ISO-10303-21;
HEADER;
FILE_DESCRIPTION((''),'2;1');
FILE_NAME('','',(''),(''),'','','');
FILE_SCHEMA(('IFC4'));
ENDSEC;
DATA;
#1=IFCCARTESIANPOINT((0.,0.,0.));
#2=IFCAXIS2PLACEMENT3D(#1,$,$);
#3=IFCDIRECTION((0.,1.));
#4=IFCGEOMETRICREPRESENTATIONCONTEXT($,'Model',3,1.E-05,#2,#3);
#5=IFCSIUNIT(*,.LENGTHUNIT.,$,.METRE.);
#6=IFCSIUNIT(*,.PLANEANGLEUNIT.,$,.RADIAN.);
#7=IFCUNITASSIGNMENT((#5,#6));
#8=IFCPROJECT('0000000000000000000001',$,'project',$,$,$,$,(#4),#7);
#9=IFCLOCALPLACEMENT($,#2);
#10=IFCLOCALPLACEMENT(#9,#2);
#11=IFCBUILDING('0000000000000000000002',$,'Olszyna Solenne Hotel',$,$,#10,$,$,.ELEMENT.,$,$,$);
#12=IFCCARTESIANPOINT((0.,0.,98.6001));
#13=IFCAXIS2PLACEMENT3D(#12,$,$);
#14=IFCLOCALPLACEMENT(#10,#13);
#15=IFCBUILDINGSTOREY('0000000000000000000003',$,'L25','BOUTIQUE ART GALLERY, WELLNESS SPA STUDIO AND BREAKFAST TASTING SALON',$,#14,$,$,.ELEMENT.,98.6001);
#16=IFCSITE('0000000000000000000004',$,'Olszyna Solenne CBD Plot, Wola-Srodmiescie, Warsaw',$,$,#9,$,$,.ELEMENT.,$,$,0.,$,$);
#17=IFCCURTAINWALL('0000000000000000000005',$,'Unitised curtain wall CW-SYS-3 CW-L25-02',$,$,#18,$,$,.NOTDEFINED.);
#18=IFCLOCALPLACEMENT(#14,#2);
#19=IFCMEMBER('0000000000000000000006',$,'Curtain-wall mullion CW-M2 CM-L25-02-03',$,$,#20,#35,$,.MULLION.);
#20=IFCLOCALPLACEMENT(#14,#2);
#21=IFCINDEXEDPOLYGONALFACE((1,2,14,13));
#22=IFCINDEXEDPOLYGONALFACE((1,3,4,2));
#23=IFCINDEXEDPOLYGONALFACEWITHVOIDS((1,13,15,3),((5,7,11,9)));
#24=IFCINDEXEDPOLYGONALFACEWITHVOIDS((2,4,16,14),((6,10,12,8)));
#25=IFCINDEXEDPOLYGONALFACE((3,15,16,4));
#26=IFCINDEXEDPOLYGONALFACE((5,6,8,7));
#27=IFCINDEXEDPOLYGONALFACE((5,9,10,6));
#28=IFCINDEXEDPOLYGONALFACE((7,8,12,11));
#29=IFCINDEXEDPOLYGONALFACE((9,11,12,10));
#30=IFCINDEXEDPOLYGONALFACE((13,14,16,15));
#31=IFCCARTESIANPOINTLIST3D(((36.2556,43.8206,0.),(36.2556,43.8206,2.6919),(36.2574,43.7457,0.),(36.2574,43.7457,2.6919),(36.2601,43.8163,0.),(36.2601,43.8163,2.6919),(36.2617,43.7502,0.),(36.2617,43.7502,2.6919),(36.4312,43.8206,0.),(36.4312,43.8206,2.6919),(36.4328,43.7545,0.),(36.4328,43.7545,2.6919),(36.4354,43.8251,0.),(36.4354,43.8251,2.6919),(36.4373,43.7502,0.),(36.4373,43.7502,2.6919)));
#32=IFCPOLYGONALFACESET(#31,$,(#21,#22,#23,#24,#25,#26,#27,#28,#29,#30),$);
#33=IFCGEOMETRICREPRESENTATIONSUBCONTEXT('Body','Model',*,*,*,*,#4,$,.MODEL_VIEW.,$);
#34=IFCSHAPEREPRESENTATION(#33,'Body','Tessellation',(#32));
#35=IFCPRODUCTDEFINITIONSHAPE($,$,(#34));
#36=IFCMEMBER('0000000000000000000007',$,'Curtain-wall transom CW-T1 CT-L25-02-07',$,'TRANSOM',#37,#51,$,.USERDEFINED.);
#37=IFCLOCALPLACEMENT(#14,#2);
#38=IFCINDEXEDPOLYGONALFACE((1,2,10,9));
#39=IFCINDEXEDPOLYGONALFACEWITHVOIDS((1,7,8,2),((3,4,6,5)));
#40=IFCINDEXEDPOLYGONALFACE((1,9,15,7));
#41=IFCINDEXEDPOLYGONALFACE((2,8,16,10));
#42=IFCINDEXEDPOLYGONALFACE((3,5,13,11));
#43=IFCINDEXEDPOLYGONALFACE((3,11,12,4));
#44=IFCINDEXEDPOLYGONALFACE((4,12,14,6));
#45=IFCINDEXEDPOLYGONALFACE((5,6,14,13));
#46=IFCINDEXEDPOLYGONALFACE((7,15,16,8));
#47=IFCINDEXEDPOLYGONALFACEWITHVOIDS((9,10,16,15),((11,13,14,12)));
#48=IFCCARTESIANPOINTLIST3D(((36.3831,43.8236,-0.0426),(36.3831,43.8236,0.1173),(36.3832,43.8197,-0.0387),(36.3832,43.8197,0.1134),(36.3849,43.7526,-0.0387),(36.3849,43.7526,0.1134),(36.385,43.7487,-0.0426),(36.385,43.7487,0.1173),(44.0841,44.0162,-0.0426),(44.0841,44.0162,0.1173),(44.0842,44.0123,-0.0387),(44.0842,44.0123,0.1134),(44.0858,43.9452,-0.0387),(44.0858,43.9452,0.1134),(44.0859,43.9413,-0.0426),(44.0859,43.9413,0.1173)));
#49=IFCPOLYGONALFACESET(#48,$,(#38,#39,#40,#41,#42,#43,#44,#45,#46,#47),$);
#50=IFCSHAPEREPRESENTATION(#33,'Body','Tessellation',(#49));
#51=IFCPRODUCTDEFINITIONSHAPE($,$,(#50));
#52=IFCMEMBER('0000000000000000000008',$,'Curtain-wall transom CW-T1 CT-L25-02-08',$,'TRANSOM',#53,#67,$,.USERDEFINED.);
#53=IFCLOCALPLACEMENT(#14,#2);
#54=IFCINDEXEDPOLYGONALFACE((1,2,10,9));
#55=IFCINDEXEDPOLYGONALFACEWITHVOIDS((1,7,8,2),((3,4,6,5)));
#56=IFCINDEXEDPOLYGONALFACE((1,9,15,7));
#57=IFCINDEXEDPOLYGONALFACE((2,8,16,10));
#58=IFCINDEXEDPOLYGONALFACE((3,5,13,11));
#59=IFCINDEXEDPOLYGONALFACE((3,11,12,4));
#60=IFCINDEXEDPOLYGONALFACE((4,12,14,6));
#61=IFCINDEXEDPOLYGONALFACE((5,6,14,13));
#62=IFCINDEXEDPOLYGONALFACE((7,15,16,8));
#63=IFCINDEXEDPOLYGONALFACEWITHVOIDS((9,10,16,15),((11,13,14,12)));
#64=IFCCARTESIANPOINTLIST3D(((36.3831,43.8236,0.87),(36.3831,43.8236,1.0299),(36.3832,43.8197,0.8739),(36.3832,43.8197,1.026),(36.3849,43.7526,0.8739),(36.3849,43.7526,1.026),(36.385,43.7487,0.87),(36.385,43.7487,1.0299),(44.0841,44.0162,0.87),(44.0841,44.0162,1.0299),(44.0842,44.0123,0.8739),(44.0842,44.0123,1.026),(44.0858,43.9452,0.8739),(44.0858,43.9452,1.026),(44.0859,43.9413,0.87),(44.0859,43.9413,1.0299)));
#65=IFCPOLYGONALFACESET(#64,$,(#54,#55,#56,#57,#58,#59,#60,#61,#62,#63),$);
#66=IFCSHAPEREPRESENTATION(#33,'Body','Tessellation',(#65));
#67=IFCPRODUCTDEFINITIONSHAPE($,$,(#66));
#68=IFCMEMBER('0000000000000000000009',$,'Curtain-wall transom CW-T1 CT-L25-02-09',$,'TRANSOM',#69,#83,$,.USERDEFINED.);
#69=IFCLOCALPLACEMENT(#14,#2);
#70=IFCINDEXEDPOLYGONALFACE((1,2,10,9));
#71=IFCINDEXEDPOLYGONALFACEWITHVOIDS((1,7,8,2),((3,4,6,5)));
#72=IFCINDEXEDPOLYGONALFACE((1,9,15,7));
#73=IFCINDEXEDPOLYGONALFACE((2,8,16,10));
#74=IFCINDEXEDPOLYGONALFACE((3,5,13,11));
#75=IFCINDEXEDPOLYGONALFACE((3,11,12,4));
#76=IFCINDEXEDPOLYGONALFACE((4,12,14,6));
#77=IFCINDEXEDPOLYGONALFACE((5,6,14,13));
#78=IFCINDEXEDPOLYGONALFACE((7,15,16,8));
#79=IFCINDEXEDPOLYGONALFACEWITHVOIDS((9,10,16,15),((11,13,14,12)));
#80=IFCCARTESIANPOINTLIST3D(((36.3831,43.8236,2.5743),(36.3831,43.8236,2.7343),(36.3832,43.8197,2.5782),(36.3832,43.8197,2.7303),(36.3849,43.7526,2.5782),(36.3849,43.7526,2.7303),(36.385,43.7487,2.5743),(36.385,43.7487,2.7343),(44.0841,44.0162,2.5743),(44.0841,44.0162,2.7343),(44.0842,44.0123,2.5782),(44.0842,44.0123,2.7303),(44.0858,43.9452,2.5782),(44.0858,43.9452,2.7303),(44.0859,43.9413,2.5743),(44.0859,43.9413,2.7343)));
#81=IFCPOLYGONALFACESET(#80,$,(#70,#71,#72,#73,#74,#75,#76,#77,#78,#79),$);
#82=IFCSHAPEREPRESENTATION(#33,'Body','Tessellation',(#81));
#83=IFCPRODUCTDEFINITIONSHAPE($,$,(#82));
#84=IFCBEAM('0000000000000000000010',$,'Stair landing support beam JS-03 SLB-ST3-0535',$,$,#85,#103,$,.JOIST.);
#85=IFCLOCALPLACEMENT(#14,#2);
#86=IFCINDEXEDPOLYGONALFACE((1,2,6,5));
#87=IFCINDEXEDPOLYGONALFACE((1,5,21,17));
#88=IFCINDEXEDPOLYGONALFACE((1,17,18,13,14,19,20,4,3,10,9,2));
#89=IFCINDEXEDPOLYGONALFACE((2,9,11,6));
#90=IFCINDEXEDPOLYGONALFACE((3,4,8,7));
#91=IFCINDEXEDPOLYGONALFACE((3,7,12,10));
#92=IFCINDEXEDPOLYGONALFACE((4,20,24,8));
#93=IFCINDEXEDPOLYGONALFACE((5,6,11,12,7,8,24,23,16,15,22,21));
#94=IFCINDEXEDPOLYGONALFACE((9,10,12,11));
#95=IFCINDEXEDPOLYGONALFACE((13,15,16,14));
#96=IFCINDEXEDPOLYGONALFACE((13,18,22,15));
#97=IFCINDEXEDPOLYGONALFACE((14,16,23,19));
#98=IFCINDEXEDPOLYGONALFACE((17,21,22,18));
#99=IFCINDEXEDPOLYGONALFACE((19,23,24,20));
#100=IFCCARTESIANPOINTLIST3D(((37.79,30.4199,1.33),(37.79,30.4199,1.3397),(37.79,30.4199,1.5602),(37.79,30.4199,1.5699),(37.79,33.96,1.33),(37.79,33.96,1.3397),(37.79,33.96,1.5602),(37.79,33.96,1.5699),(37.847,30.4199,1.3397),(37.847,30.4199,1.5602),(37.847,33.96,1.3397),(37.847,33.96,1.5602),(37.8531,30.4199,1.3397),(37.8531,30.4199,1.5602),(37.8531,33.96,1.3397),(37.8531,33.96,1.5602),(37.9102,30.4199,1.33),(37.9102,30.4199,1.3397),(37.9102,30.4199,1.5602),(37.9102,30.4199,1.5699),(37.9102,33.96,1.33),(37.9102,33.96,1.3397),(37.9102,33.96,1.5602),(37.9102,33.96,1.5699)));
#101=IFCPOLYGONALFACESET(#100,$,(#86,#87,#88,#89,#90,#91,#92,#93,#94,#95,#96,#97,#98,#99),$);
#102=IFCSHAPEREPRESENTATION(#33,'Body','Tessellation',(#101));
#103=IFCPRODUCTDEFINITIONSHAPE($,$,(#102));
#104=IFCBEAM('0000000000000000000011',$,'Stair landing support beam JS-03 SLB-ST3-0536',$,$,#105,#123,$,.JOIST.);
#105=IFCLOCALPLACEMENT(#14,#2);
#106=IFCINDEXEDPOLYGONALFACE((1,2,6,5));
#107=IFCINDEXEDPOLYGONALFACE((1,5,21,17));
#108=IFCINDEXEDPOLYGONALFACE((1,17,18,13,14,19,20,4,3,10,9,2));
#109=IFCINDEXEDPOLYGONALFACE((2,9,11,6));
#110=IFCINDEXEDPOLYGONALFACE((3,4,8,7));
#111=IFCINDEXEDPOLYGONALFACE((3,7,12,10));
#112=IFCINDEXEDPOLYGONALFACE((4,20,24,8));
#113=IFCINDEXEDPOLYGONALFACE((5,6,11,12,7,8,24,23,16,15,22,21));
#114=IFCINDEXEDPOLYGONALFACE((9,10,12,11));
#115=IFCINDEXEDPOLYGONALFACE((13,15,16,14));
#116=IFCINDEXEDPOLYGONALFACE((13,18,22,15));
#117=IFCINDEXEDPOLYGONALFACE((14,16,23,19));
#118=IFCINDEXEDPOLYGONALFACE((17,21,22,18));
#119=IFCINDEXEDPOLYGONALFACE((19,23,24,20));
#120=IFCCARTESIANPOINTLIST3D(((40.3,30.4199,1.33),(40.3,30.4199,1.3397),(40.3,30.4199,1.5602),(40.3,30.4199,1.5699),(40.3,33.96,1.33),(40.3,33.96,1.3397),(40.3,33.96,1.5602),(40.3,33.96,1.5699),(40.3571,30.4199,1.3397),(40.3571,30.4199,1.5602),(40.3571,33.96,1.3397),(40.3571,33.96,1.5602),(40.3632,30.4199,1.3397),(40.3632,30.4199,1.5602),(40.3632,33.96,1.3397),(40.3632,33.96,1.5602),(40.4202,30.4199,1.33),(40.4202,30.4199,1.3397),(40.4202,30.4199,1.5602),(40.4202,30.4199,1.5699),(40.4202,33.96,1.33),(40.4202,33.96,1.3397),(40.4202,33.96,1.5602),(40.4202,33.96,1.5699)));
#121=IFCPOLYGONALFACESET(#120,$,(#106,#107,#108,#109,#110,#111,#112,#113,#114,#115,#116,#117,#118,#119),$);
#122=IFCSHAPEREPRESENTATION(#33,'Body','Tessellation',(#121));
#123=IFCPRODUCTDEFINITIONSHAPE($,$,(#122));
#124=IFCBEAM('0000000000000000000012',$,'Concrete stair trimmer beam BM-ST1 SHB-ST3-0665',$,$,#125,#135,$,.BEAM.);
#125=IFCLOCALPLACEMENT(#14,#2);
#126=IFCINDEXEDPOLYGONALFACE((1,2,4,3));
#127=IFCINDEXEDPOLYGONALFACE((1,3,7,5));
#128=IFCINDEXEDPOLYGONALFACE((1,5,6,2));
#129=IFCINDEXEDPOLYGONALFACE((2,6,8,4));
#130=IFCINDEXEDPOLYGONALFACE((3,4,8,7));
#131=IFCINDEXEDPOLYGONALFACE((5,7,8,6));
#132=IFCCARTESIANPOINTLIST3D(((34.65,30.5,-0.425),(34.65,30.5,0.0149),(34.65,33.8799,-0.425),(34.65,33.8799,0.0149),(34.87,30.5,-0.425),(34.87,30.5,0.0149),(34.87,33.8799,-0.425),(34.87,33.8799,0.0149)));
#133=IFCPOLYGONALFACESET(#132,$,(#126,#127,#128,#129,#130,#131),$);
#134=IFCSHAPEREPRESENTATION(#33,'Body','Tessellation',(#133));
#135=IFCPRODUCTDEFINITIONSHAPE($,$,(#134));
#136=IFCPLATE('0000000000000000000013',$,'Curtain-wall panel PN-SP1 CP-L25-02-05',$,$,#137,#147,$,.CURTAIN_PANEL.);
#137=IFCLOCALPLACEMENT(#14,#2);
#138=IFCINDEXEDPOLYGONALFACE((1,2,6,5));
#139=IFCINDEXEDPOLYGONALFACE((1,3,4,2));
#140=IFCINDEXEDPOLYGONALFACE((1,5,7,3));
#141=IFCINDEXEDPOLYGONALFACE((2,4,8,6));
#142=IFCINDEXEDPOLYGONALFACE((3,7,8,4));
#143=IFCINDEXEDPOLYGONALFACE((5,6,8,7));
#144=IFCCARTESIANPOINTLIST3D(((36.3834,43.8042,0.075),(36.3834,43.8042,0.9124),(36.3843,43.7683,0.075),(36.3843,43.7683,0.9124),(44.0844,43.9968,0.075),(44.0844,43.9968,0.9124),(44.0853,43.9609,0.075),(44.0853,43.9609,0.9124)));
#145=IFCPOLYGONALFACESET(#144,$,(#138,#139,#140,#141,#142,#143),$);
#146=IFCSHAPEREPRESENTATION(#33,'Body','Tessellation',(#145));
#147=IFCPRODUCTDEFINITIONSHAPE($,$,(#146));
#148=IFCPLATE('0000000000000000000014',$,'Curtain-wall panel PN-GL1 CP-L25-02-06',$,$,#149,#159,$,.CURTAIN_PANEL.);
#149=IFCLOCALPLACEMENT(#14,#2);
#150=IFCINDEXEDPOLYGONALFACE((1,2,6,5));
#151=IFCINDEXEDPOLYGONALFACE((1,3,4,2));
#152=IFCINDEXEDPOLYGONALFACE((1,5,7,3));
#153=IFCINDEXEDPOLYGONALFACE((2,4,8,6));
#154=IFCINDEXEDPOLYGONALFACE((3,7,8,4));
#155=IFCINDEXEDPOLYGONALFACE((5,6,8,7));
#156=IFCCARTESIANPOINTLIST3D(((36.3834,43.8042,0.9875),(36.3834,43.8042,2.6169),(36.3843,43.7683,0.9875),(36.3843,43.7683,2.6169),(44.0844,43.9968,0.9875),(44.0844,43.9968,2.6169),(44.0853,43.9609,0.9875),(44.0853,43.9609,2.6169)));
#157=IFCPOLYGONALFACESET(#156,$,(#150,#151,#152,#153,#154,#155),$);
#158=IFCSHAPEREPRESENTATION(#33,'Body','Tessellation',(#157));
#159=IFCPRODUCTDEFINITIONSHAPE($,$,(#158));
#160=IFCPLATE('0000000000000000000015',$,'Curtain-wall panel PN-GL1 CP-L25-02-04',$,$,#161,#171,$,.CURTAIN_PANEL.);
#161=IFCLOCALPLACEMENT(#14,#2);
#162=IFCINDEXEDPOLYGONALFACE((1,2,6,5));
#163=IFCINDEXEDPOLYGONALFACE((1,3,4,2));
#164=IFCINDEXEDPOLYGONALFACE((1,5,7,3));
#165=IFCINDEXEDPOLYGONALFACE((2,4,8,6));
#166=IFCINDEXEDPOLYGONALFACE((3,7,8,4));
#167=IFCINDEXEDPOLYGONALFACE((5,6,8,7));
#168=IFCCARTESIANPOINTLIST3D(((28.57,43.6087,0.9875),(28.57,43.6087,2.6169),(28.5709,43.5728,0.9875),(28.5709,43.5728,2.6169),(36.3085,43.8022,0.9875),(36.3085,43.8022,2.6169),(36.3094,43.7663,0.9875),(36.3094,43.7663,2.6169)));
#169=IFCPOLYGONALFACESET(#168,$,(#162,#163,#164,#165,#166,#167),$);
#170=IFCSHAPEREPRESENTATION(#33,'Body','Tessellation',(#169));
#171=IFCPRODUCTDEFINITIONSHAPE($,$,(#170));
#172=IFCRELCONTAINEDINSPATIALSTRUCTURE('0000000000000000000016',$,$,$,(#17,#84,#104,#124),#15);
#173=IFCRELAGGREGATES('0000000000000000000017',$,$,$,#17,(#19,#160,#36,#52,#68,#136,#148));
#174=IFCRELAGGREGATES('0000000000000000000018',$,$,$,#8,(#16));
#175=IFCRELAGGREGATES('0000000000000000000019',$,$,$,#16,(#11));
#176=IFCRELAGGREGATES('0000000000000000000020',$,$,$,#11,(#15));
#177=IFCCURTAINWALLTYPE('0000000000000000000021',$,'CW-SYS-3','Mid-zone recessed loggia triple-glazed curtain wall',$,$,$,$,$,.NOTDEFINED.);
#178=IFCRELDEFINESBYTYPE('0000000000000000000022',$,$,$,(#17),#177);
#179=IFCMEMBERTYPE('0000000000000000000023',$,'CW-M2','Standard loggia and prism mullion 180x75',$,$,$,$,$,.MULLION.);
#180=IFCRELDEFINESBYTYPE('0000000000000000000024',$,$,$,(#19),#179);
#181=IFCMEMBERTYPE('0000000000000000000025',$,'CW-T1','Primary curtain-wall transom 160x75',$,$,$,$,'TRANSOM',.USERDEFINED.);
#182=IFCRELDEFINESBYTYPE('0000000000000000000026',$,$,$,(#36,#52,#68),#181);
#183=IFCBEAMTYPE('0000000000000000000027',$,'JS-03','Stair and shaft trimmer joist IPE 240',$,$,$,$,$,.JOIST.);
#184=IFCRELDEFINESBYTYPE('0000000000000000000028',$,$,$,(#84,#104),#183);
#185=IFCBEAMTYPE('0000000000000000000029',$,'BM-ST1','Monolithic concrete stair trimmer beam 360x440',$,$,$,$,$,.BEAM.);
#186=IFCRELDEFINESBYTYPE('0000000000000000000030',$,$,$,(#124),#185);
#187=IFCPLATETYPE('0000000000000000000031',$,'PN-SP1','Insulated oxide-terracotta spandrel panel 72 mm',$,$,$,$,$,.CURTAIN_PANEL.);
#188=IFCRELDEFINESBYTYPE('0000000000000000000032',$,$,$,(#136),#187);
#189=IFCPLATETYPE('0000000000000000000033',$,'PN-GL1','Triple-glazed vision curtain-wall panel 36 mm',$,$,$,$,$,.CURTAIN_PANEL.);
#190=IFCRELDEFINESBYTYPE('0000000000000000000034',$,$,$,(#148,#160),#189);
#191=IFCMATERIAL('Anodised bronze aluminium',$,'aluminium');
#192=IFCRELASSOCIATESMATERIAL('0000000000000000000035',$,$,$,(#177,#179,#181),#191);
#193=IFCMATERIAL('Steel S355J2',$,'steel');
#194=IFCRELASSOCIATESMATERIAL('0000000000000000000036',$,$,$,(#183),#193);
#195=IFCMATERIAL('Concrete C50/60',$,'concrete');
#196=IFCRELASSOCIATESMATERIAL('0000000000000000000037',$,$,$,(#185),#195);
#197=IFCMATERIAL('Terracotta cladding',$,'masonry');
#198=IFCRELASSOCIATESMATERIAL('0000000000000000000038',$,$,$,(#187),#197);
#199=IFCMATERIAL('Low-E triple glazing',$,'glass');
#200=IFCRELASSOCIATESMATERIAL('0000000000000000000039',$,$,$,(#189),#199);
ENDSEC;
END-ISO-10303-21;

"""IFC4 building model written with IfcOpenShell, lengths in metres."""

from ifc_helpers import new_model, si_unit, direction, frame, origin, origin_2d, place, context, subcontext, project, spatial, rectangle, hollow_rectangle, i_section, extrude, source, transform, mapped, material, material_profile, profile_set, type_object, element, aggregate, save


model = new_model("IFC4")

# Units and contexts
model_context = context("Model", 3, precision=1e-05, world=origin(), true_north=direction((0.0, 1.0)))
body_context = subcontext(model_context, "Body", "Model", "MODEL_VIEW")
ifc_project = project(units=[si_unit("LENGTHUNIT", "METRE"), si_unit("PLANEANGLEUNIT", "RADIAN")], contexts=[model_context])

# Site, building, storey
site_placement = place(None, origin())
site = spatial("IfcSite", under=ifc_project, at=site_placement, Name="Olszyna Solenne CBD Plot, Wola-Srodmiescie, Warsaw", CompositionType="ELEMENT", RefElevation=0.0)
building_placement = place(site_placement, origin())
building = spatial("IfcBuilding", under=site, at=building_placement, Name="Olszyna Solenne Hotel", CompositionType="ELEMENT")
storey_placement = place(building_placement, frame((0.0, 0.0, 98.6001)))
storey = spatial("IfcBuildingStorey", under=building, at=storey_placement, Name="L25", Description="BOUTIQUE ART GALLERY, WELLNESS SPA STUDIO AND BREAKFAST TASTING SALON", CompositionType="ELEMENT", Elevation=98.6001)

# Curtain wall, members
ifc_material_1 = material(Name="Anodised bronze aluminium", Category="aluminium")
curtain_wall_type = type_object("IfcCurtainWallType", Name="CW-SYS-3", Description="Mid-zone recessed loggia triple-glazed curtain wall", PredefinedType="NOTDEFINED", material=ifc_material_1)
curtain_wall_placement = place(storey_placement, origin())
curtain_wall = element("IfcCurtainWall", 1, at=curtain_wall_placement, inside=storey, type_object=curtain_wall_type, Name="Unitised curtain wall CW-SYS-3 CW-L25-02", PredefinedType="NOTDEFINED")
ifc_material_profile_1 = material_profile(ifc_material_1, hollow_rectangle(XDim=0.075, YDim=0.1799, WallThickness=0.0044, at=origin_2d()), Name="MULL 180x75x4.5", Category="load-bearing")
ifc_profile_set_1 = profile_set([ifc_material_profile_1], Name="Anodised bronze aluminium")
member_type_1 = type_object("IfcMemberType", Name="CW-M2", Description="Standard loggia and prism mullion 180x75", PredefinedType="MULLION", material=ifc_profile_set_1)
shared_shape_1 = source(origin(), body_context, "Body", "SweptSolid", [
    extrude(hollow_rectangle(XDim=0.075, YDim=0.1799, WallThickness=0.0044, at=origin_2d()), origin(), (0.0, 0.0, 1.0), 2.6919),
])
member_1_placement = place(storey_placement, frame((36.3464, 43.7854, 0.0), z_axis=(0.0, 0.0, 1.0), x_axis=(-0.025, 0.999687, 0.0)))
member_1 = element("IfcMember", 2, at=member_1_placement, type_object=member_type_1, Name="Curtain-wall mullion CW-M2 CM-L25-02-03", PredefinedType="MULLION", context=body_context, shape_type="MappedRepresentation", body=[
    mapped(shared_shape_1, transform((0.0, 0.0, 0.0), x_axis=(1.0, 0.0, 0.0), y_axis=(0.0, 1.0, 0.0), z_axis=(0.0, 0.0, 1.0), scale=1.0)),
])
ifc_material_profile_2 = material_profile(ifc_material_1, hollow_rectangle(XDim=0.075, YDim=0.1599, WallThickness=0.0039, at=origin_2d()), Name="TRAN 160x75x4", Category="load-bearing")
ifc_profile_set_2 = profile_set([ifc_material_profile_2], Name="Anodised bronze aluminium")
member_type_2 = type_object("IfcMemberType", Name="CW-T1", Description="Primary curtain-wall transom 160x75", ElementType="TRANSOM", PredefinedType="USERDEFINED", material=ifc_profile_set_2)
shared_shape_2 = source(origin(), body_context, "Body", "SweptSolid", [
    extrude(hollow_rectangle(XDim=0.075, YDim=0.1599, WallThickness=0.0039, at=origin_2d()), origin(), (0.0, 0.0, 1.0), 7.7034),
])
member_2_placement = place(storey_placement, frame((36.384, 43.7861, 0.0374), z_axis=(0.999687, 0.025006, 0.0), x_axis=(-0.025006, 0.999687, 0.0)))
member_2 = element("IfcMember", 3, at=member_2_placement, type_object=member_type_2, Name="Curtain-wall transom CW-T1 CT-L25-02-07", ObjectType="TRANSOM", PredefinedType="USERDEFINED", context=body_context, shape_type="MappedRepresentation", body=[
    mapped(shared_shape_2, transform((0.0, 0.0, 0.0), x_axis=(1.0, 0.0, 0.0), y_axis=(0.0, 1.0, 0.0), z_axis=(0.0, 0.0, 1.0), scale=1.0)),
])
member_3_placement = place(storey_placement, frame((36.384, 43.7861, 0.95), z_axis=(0.999687, 0.025006, 0.0), x_axis=(-0.025006, 0.999687, 0.0)))
member_3 = element("IfcMember", 4, at=member_3_placement, type_object=member_type_2, Name="Curtain-wall transom CW-T1 CT-L25-02-08", ObjectType="TRANSOM", PredefinedType="USERDEFINED", context=body_context, shape_type="MappedRepresentation", body=[
    mapped(shared_shape_2, transform((0.0, 0.0, 0.0), x_axis=(1.0, 0.0, 0.0), y_axis=(0.0, 1.0, 0.0), z_axis=(0.0, 0.0, 1.0), scale=1.0)),
])
member_4_placement = place(storey_placement, frame((36.384, 43.7861, 2.6543), z_axis=(0.999687, 0.025006, 0.0), x_axis=(-0.025006, 0.999687, 0.0)))
member_4 = element("IfcMember", 5, at=member_4_placement, type_object=member_type_2, Name="Curtain-wall transom CW-T1 CT-L25-02-09", ObjectType="TRANSOM", PredefinedType="USERDEFINED", context=body_context, shape_type="MappedRepresentation", body=[
    mapped(shared_shape_2, transform((0.0, 0.0, 0.0), x_axis=(1.0, 0.0, 0.0), y_axis=(0.0, 1.0, 0.0), z_axis=(0.0, 0.0, 1.0), scale=1.0)),
])

# Beams
ifc_material_2 = material(Name="Steel S355J2", Category="steel")
ifc_material_profile_3 = material_profile(ifc_material_2, i_section(OverallWidth=0.1201, OverallDepth=0.24, WebThickness=0.0061, FlangeThickness=0.0098, at=origin_2d()), Name="IPE 240", Category="load-bearing")
ifc_profile_set_3 = profile_set([ifc_material_profile_3], Name="Steel S355J2")
beam_type_1 = type_object("IfcBeamType", Name="JS-03", Description="Stair and shaft trimmer joist IPE 240", PredefinedType="JOIST", material=ifc_profile_set_3)
shared_shape_3 = source(origin(), body_context, "Body", "SweptSolid", [
    extrude(i_section(OverallWidth=0.1201, OverallDepth=0.24, WebThickness=0.0061, FlangeThickness=0.0098, at=origin_2d()), origin(), (0.0, 0.0, 1.0), 3.54),
])
for number, where, z_axis, x_axis, name in (
    (6, (37.8501, 30.4199, 1.45), (0.0, 1.0, 0.0), (-1.0, 0.0, 0.0), "Stair landing support beam JS-03 SLB-ST3-0535"),
    (7, (40.3601, 30.4199, 1.45), (0.0, 1.0, 0.0), (-1.0, 0.0, 0.0), "Stair landing support beam JS-03 SLB-ST3-0536"),
):
    element("IfcBeam", number, at=place(storey_placement, frame(where, z_axis=z_axis, x_axis=x_axis)), inside=storey, type_object=beam_type_1, Name=name, PredefinedType="JOIST", context=body_context, shape_type="MappedRepresentation", body=[
        mapped(shared_shape_3, transform((0.0, 0.0, 0.0), x_axis=(1.0, 0.0, 0.0), y_axis=(0.0, 1.0, 0.0), z_axis=(0.0, 0.0, 1.0), scale=1.0)),
    ])
ifc_material_3 = material(Name="Concrete C50/60", Category="concrete")
ifc_material_profile_4 = material_profile(ifc_material_3, rectangle(XDim=0.22, YDim=0.4399, at=origin_2d()), Name="RC 220x440", Category="load-bearing")
ifc_profile_set_4 = profile_set([ifc_material_profile_4], Name="Concrete C50/60")
beam_type_2 = type_object("IfcBeamType", Name="BM-ST1", Description="Monolithic concrete stair trimmer beam 360x440", PredefinedType="BEAM", material=ifc_profile_set_4)
shared_shape_4 = source(origin(), body_context, "Body", "SweptSolid", [
    extrude(rectangle(XDim=0.22, YDim=0.4399, at=origin_2d()), origin(), (0.0, 0.0, 1.0), 3.3799),
])
beam_placement = place(storey_placement, frame((34.76, 30.5, -0.2051), z_axis=(0.0, 1.0, 0.0), x_axis=(-1.0, 0.0, 0.0)))
element("IfcBeam", 8, at=beam_placement, inside=storey, type_object=beam_type_2, Name="Concrete stair trimmer beam BM-ST1 SHB-ST3-0665", PredefinedType="BEAM", context=body_context, shape_type="MappedRepresentation", body=[
    mapped(shared_shape_4, transform((0.0, 0.0, 0.0), x_axis=(1.0, 0.0, 0.0), y_axis=(0.0, 1.0, 0.0), z_axis=(0.0, 0.0, 1.0), scale=1.0)),
])

# Plates
ifc_material_4 = material(Name="Terracotta cladding", Category="masonry")
plate_type_1 = type_object("IfcPlateType", Name="PN-SP1", Description="Insulated oxide-terracotta spandrel panel 72 mm", PredefinedType="CURTAIN_PANEL", material=ifc_material_4)
shared_shape_5 = source(origin(), body_context, "Body", "SweptSolid", [
    extrude(rectangle(XDim=7.7034, YDim=0.0359, at=origin_2d()), origin(), (0.0, 0.0, 1.0), 0.8374),
])
plate_1_placement = place(storey_placement, frame((40.2344, 43.8826, 0.075), z_axis=(0.0, 0.0, 1.0), x_axis=(0.999687, 0.025, 0.0)))
plate_1 = element("IfcPlate", 9, at=plate_1_placement, type_object=plate_type_1, Name="Curtain-wall panel PN-SP1 CP-L25-02-05", PredefinedType="CURTAIN_PANEL", context=body_context, shape_type="MappedRepresentation", body=[
    mapped(shared_shape_5, transform((0.0, 0.0, 0.0), x_axis=(1.0, 0.0, 0.0), y_axis=(0.0, 1.0, 0.0), z_axis=(0.0, 0.0, 1.0), scale=1.0)),
])
ifc_material_5 = material(Name="Low-E triple glazing", Category="glass")
plate_type_2 = type_object("IfcPlateType", Name="PN-GL1", Description="Triple-glazed vision curtain-wall panel 36 mm", PredefinedType="CURTAIN_PANEL", material=ifc_material_5)
shared_shape_6 = source(origin(), body_context, "Body", "SweptSolid", [
    extrude(rectangle(XDim=7.7034, YDim=0.0359, at=origin_2d()), origin(), (0.0, 0.0, 1.0), 1.6294),
])
plate_2_placement = place(storey_placement, frame((40.2344, 43.8826, 0.9875), z_axis=(0.0, 0.0, 1.0), x_axis=(0.999687, 0.025, 0.0)))
plate_2 = element("IfcPlate", 10, at=plate_2_placement, type_object=plate_type_2, Name="Curtain-wall panel PN-GL1 CP-L25-02-06", PredefinedType="CURTAIN_PANEL", context=body_context, shape_type="MappedRepresentation", body=[
    mapped(shared_shape_6, transform((0.0, 0.0, 0.0), x_axis=(1.0, 0.0, 0.0), y_axis=(0.0, 1.0, 0.0), z_axis=(0.0, 0.0, 1.0), scale=1.0)),
])
shared_shape_7 = source(origin(), body_context, "Body", "SweptSolid", [
    extrude(rectangle(XDim=7.741, YDim=0.0359, at=origin_2d()), origin(), (0.0, 0.0, 1.0), 1.6294),
])
plate_3_placement = place(storey_placement, frame((32.4397, 43.6875, 0.9875), z_axis=(0.0, 0.0, 1.0), x_axis=(0.999687, 0.025, 0.0)))
plate_3 = element("IfcPlate", 11, at=plate_3_placement, type_object=plate_type_2, Name="Curtain-wall panel PN-GL1 CP-L25-02-04", PredefinedType="CURTAIN_PANEL", context=body_context, shape_type="MappedRepresentation", body=[
    mapped(shared_shape_7, transform((0.0, 0.0, 0.0), x_axis=(1.0, 0.0, 0.0), y_axis=(0.0, 1.0, 0.0), z_axis=(0.0, 0.0, 1.0), scale=1.0)),
])
aggregate(curtain_wall, [member_1, plate_3, member_2, member_3, member_4, plate_1, plate_2])

save(model, "model.ifc")
